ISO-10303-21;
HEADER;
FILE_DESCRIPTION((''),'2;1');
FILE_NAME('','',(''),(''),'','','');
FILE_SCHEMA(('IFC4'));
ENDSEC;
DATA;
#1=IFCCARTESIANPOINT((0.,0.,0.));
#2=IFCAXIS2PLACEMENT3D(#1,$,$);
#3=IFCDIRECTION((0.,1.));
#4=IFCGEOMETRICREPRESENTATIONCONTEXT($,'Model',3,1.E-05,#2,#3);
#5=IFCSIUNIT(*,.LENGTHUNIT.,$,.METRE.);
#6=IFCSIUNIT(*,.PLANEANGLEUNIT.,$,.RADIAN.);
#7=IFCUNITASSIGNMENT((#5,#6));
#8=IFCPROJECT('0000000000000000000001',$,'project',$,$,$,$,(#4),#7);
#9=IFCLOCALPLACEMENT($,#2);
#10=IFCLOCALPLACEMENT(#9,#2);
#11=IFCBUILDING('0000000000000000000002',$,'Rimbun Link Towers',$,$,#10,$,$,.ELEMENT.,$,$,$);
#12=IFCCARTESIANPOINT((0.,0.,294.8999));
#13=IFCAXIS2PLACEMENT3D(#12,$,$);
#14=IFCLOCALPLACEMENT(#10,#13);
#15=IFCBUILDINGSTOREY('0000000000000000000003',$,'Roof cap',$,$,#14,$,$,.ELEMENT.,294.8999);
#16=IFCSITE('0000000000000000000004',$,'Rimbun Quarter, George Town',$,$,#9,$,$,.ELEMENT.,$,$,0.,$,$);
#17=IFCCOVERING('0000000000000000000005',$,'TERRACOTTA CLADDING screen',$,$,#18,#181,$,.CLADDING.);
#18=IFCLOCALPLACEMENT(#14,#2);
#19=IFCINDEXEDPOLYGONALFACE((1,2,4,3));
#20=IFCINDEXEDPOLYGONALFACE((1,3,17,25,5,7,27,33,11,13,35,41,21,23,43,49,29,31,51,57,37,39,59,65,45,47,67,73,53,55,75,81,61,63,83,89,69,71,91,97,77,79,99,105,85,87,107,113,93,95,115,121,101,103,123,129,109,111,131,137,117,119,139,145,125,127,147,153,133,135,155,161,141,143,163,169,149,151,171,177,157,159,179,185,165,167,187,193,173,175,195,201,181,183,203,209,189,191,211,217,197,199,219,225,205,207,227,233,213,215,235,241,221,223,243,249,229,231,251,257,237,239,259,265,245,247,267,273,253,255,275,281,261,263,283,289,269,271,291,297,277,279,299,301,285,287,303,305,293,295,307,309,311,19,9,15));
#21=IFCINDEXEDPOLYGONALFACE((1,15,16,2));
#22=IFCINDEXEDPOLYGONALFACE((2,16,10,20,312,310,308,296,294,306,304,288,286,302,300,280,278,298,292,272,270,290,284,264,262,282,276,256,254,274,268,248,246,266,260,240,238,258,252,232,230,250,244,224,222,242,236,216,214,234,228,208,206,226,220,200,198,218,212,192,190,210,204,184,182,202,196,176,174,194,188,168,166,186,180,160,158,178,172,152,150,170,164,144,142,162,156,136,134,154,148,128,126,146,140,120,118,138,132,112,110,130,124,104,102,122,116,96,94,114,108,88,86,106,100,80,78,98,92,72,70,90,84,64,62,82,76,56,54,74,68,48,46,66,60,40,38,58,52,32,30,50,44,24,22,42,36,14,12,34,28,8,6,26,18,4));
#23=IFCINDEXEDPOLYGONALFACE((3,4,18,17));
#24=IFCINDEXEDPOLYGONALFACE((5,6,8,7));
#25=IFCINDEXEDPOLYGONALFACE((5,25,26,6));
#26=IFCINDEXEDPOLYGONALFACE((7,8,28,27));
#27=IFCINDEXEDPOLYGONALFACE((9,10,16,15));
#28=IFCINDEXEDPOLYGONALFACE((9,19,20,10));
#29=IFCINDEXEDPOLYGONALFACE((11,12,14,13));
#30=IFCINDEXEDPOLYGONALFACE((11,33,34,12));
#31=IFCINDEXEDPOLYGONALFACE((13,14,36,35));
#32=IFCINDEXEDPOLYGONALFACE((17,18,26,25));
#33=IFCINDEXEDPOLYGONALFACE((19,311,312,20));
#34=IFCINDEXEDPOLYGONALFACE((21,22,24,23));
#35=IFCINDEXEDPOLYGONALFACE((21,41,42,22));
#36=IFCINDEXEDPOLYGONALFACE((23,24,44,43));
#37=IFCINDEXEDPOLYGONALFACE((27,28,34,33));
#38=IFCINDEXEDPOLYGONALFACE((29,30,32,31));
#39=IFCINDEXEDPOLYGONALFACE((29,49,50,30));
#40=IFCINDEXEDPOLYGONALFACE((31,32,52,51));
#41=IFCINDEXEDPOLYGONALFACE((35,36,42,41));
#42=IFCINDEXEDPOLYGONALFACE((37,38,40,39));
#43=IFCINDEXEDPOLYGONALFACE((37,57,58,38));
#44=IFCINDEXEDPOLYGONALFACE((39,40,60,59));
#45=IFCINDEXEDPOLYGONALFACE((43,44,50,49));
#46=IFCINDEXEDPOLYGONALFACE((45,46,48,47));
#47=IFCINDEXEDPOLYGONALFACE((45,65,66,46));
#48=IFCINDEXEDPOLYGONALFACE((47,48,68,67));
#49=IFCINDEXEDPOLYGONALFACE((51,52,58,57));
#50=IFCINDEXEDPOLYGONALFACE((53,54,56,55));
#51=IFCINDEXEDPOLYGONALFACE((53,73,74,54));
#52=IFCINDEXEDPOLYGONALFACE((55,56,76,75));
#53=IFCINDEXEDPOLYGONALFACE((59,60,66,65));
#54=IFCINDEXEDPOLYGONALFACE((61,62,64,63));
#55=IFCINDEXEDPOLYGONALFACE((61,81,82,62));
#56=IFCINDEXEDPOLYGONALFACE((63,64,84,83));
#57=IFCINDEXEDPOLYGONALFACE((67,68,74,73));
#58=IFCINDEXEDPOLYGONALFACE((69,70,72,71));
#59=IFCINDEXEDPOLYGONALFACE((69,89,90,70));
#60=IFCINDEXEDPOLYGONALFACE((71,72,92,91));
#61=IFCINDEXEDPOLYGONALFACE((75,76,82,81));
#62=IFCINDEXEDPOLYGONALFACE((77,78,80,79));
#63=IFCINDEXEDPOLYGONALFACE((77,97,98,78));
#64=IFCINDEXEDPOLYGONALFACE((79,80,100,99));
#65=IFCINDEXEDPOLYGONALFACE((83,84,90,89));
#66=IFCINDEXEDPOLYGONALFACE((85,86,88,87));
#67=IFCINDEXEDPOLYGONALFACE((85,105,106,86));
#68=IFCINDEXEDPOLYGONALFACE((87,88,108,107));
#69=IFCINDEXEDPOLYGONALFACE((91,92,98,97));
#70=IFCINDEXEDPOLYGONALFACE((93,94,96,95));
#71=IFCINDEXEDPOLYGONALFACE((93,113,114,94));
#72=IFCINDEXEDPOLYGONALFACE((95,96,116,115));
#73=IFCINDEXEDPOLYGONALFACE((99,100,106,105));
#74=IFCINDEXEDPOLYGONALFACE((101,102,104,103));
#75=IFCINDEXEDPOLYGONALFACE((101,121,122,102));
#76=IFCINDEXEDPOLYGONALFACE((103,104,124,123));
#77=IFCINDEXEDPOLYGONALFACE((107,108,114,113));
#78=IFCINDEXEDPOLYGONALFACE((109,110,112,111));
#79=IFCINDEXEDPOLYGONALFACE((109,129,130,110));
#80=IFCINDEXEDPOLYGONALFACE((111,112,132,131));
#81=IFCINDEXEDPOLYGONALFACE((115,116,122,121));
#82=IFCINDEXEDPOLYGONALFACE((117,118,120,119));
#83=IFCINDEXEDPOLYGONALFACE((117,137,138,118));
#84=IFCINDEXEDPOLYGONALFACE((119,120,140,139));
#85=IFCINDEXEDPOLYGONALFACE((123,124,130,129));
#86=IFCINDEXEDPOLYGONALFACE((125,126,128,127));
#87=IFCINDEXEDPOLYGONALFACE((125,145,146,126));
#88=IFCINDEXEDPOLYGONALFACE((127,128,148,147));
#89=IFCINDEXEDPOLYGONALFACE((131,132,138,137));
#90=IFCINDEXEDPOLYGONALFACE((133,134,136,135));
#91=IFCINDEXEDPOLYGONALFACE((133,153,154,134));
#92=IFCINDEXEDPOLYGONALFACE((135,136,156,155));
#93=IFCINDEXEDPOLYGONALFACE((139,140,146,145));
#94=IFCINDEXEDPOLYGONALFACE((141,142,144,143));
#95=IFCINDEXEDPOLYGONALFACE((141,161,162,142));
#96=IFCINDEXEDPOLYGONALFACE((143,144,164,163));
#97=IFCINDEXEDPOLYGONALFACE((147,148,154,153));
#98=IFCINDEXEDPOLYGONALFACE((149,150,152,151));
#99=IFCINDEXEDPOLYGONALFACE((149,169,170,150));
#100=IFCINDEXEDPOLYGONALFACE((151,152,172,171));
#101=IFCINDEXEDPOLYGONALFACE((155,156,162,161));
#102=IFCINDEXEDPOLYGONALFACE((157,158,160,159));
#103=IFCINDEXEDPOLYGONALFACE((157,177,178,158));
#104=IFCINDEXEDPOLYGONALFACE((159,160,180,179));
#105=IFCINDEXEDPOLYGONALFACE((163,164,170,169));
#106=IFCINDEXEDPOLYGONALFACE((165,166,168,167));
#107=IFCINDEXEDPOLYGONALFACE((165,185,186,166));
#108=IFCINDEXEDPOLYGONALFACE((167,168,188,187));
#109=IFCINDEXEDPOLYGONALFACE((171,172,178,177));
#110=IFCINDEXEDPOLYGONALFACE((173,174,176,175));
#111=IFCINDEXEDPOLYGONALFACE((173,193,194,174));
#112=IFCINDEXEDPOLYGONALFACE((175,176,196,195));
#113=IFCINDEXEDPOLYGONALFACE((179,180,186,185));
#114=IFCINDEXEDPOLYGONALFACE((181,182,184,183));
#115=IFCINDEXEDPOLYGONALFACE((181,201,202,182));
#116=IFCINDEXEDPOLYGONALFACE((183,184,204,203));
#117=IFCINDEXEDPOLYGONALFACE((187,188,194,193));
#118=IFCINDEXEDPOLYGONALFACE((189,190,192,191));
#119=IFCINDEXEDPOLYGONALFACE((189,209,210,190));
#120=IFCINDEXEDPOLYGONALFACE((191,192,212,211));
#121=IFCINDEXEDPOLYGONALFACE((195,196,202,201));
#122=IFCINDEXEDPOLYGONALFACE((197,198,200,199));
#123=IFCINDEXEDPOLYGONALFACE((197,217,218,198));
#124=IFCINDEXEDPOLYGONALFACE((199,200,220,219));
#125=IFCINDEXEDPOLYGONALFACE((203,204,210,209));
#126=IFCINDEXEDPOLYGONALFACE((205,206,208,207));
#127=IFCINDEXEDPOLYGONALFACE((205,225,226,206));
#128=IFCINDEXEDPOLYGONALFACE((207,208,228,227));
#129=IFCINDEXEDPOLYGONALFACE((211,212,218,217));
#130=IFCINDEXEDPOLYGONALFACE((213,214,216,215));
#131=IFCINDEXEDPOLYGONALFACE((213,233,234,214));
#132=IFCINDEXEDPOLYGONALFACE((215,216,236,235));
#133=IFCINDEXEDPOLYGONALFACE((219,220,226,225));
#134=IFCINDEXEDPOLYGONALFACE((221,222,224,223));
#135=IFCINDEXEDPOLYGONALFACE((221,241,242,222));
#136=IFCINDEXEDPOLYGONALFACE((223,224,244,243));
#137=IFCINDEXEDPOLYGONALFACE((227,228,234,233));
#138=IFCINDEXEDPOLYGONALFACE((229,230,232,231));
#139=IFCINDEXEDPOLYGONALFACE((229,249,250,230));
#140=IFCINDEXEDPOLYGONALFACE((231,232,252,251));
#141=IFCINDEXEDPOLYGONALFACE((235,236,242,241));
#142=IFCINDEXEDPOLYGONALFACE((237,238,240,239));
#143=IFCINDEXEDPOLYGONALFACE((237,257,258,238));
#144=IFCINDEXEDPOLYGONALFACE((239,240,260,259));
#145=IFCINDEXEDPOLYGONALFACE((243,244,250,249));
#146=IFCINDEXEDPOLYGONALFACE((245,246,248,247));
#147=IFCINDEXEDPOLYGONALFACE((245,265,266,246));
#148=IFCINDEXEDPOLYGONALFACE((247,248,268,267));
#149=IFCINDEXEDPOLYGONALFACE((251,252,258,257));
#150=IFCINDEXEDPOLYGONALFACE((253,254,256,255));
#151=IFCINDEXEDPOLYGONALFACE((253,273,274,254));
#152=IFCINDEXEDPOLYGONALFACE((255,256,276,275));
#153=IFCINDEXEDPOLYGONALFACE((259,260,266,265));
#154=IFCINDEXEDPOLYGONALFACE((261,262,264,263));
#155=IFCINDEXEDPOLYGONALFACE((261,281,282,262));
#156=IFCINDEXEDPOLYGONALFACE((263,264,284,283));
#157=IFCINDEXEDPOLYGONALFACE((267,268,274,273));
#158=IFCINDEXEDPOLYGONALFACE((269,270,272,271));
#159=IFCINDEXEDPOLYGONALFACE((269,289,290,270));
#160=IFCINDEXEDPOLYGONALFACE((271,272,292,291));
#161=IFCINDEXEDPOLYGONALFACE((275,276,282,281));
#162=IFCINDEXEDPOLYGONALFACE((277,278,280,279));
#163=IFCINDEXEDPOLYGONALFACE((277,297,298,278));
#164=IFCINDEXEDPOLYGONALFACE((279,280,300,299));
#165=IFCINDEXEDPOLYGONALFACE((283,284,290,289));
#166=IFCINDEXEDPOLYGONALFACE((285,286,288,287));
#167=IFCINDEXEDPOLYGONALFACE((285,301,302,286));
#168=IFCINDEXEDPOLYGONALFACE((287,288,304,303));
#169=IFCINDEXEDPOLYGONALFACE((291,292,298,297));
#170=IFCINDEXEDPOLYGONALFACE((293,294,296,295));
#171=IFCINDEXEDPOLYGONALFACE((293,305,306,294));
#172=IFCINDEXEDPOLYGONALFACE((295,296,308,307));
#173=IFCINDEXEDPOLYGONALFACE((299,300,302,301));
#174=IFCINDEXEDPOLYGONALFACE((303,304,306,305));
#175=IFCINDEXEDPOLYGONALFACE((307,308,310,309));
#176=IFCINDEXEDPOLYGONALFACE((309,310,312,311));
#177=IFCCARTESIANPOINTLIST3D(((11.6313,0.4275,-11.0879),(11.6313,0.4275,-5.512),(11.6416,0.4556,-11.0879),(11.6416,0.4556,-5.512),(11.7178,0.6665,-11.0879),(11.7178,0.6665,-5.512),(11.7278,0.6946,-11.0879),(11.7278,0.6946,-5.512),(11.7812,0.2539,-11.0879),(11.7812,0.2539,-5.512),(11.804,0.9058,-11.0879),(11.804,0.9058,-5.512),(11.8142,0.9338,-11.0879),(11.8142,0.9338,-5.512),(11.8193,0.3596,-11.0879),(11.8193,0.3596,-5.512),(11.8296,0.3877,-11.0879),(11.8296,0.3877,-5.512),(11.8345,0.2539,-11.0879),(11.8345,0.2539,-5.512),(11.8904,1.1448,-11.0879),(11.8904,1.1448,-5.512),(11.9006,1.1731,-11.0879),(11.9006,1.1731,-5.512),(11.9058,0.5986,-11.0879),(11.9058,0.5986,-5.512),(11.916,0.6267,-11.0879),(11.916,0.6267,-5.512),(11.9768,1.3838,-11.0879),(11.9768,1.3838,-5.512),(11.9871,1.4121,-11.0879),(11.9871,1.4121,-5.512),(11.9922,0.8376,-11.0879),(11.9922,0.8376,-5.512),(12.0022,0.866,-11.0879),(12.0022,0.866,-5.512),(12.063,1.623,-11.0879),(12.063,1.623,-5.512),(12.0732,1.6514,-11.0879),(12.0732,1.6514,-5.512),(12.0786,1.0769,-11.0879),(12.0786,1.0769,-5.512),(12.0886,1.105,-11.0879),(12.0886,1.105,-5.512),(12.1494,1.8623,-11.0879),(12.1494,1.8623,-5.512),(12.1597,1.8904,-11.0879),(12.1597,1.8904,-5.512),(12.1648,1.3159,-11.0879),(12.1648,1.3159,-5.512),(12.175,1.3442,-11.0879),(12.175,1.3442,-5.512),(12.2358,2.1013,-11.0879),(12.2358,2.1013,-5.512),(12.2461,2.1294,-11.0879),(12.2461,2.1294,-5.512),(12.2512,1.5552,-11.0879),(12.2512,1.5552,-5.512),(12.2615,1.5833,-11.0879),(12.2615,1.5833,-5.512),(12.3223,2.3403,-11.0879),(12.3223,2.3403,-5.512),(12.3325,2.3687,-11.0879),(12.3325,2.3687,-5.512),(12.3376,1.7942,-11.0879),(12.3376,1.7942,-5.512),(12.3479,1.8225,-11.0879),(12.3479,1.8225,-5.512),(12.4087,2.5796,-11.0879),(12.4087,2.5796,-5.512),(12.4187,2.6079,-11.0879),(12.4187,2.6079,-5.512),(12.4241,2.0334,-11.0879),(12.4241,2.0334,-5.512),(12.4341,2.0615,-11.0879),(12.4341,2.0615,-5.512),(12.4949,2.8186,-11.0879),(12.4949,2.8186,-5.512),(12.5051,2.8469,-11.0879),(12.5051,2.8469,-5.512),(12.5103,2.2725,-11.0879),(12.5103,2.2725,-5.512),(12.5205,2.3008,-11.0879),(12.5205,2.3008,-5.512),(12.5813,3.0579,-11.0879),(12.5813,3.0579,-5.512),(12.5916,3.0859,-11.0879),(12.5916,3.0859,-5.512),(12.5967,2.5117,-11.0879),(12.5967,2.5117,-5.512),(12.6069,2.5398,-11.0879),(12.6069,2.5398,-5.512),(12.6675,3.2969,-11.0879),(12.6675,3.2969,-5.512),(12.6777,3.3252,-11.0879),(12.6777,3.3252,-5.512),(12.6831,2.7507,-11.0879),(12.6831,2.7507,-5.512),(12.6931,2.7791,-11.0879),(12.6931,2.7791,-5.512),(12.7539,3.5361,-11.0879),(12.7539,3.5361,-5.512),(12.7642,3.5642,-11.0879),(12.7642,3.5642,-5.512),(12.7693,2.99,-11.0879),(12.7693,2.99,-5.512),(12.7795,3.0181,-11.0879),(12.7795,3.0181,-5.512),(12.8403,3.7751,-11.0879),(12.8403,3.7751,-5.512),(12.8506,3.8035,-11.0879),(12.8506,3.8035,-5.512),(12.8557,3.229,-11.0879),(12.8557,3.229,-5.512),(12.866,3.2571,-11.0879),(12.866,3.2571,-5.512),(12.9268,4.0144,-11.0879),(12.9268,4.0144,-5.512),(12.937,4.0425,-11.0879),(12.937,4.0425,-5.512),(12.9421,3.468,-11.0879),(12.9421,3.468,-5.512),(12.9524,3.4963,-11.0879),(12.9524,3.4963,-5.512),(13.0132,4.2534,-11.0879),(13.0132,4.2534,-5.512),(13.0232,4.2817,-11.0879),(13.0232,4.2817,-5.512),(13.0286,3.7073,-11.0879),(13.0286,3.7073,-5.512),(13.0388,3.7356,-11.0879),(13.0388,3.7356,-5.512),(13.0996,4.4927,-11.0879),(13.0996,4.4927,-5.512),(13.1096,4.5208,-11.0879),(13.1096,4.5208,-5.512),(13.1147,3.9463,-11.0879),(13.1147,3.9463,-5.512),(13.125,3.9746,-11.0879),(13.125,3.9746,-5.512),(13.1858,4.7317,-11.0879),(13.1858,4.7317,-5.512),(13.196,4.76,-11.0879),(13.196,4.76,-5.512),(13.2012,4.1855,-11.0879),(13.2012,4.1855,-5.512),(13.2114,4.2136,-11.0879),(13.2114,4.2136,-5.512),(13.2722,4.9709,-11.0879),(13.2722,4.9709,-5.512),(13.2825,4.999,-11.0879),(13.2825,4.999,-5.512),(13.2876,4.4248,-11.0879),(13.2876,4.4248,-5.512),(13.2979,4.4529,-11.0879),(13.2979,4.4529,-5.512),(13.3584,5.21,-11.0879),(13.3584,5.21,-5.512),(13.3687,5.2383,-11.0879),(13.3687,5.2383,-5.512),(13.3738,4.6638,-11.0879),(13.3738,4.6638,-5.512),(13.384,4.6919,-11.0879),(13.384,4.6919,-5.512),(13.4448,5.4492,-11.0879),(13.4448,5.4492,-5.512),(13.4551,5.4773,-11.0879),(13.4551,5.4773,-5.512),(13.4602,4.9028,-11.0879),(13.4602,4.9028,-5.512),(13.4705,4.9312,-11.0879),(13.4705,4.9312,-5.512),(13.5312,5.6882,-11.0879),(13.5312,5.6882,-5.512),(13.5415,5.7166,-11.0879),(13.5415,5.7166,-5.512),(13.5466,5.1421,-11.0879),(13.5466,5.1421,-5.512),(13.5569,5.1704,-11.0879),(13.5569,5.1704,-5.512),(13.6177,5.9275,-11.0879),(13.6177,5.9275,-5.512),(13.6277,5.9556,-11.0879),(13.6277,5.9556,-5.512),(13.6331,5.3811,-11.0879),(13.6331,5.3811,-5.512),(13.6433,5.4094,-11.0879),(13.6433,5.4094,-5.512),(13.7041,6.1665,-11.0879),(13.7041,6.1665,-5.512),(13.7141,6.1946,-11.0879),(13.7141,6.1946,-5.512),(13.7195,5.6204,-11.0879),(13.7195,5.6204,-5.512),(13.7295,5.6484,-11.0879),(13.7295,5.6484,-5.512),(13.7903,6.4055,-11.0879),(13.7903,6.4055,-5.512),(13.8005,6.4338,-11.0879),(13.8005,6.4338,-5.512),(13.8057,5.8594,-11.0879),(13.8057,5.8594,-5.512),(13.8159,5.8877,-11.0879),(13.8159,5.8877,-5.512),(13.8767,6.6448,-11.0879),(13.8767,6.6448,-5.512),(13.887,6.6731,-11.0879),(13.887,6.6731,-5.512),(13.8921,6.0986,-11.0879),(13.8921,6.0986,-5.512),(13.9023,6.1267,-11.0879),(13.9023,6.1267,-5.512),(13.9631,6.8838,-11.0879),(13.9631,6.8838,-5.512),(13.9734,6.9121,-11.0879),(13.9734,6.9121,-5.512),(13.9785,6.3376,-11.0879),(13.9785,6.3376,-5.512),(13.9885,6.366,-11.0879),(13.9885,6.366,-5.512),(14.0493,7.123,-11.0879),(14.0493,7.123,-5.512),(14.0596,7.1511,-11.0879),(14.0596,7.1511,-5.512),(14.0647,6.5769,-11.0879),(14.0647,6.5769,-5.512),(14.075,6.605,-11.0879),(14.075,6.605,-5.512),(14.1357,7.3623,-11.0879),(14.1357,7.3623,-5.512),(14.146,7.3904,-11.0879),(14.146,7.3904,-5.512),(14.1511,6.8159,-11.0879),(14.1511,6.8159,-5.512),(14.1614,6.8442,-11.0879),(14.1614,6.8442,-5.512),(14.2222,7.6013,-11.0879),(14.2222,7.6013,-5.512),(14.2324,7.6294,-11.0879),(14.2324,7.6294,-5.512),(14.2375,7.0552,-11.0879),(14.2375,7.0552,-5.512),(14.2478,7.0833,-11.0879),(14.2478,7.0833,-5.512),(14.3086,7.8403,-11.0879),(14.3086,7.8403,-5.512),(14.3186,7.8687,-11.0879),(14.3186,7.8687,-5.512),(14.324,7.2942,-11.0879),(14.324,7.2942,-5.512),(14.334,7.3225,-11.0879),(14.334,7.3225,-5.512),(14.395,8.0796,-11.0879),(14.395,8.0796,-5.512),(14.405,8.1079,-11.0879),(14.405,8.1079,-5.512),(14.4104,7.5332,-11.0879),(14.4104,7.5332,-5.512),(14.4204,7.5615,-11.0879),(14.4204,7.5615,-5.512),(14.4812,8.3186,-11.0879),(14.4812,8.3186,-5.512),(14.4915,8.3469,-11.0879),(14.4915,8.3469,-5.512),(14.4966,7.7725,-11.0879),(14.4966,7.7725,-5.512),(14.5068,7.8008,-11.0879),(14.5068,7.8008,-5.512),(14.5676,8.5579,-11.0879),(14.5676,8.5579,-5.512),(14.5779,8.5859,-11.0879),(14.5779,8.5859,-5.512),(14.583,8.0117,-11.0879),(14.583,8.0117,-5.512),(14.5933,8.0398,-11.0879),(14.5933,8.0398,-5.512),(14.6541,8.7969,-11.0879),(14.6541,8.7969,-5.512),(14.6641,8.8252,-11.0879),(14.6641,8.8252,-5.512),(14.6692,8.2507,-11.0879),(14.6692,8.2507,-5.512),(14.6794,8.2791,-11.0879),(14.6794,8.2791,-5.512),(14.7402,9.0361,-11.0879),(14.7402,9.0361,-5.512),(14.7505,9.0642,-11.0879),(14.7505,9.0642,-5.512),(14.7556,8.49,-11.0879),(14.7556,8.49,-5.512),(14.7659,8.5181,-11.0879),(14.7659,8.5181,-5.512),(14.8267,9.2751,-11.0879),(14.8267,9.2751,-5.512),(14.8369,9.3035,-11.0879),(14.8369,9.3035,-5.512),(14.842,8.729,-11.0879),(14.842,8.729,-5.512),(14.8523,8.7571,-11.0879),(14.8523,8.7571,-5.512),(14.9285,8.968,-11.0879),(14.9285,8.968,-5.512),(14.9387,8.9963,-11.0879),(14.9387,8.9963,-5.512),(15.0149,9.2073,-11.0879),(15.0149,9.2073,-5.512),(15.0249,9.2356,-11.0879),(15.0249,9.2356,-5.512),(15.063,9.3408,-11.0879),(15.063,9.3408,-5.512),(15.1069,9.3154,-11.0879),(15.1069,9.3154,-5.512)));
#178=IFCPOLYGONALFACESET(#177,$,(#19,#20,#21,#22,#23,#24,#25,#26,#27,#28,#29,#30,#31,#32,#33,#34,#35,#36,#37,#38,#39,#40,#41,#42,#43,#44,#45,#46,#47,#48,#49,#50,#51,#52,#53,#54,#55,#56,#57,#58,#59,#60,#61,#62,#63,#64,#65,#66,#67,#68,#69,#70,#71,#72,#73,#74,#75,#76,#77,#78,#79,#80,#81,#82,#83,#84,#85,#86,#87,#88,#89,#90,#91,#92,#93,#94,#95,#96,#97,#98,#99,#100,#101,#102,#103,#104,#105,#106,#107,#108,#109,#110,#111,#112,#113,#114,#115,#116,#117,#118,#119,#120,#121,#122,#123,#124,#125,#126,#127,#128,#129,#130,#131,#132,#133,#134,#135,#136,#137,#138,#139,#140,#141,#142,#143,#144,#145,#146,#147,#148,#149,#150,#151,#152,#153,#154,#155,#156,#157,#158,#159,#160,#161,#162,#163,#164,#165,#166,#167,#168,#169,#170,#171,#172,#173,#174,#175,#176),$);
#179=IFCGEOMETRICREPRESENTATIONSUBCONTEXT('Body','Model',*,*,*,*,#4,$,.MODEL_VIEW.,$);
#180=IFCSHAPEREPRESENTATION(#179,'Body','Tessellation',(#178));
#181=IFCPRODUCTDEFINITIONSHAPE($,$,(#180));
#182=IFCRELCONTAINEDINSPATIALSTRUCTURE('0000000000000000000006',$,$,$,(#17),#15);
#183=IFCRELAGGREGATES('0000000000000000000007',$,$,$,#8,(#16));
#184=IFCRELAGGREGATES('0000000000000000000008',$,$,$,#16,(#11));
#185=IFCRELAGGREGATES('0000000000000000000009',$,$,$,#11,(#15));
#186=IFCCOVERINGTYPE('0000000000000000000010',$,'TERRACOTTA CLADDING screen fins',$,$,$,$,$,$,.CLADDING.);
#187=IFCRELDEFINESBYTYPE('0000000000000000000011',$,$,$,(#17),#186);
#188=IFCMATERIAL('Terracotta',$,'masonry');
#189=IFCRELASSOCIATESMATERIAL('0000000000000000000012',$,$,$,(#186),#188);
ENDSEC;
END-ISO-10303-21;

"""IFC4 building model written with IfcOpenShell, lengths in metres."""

from ifc_helpers import new_model, si_unit, direction, frame, origin, place, context, subcontext, project, spatial, polyline, outline, extrude, material, type_object, element, save


model = new_model("IFC4")

# Units and contexts
model_context = context("Model", 3, precision=1e-05, world=origin(), true_north=direction((0.0, 1.0)))
body_context = subcontext(model_context, "Body", "Model", "MODEL_VIEW")
ifc_project = project(units=[si_unit("LENGTHUNIT", "METRE"), si_unit("PLANEANGLEUNIT", "RADIAN")], contexts=[model_context])

# Site, building, storey
site_placement = place(None, origin())
site = spatial("IfcSite", under=ifc_project, at=site_placement, Name="Rimbun Quarter, George Town", CompositionType="ELEMENT", RefElevation=0.0)
building_placement = place(site_placement, origin())
building = spatial("IfcBuilding", under=site, at=building_placement, Name="Rimbun Link Towers", CompositionType="ELEMENT")
storey_placement = place(building_placement, frame((0.0, 0.0, 294.8999)))
storey = spatial("IfcBuildingStorey", under=building, at=storey_placement, Name="Roof cap", CompositionType="ELEMENT", Elevation=294.8999)

# Covering
ifc_material_1 = material(Name="Terracotta", Category="masonry")
covering_type_1 = type_object("IfcCoveringType", Name="TERRACOTTA CLADDING screen fins", PredefinedType="CLADDING", material=ifc_material_1)
covering_1_placement = place(storey_placement, frame((0.0, 0.0, -11.0879)))
element("IfcCovering", 1, at=covering_1_placement, inside=storey, type_object=covering_type_1, Name="TERRACOTTA CLADDING screen", PredefinedType="CLADDING", context=body_context, shape_type="SweptSolid", body=[
    extrude(outline(polyline([(15.063, 9.3408), (15.0249, 9.2356), (14.8369, 9.3035), (14.8267, 9.2751), (15.0149, 9.2073), (14.9387, 8.9963), (14.7505, 9.0642), (14.7402, 9.0361), (14.9285, 8.968), (14.8523, 8.7571), (14.6641, 8.8252), (14.6541, 8.7969), (14.842, 8.729), (14.7659, 8.5181), (14.5779, 8.5859), (14.5676, 8.5579), (14.7556, 8.49), (14.6794, 8.2791), (14.4915, 8.3469), (14.4812, 8.3186), (14.6692, 8.2507), (14.5933, 8.0398), (14.405, 8.1079), (14.395, 8.0796), (14.583, 8.0117), (14.5068, 7.8008), (14.3186, 7.8687), (14.3086, 7.8403), (14.4966, 7.7725), (14.4204, 7.5615), (14.2324, 7.6294), (14.2222, 7.6013), (14.4104, 7.5332), (14.334, 7.3225), (14.146, 7.3904), (14.1357, 7.3623), (14.324, 7.2942), (14.2478, 7.0833), (14.0596, 7.1511), (14.0493, 7.123), (14.2375, 7.0552), (14.1614, 6.8442), (13.9734, 6.9121), (13.9631, 6.8838), (14.1511, 6.8159), (14.075, 6.605), (13.887, 6.6731), (13.8767, 6.6448), (14.0647, 6.5769), (13.9885, 6.366), (13.8005, 6.4338), (13.7903, 6.4055), (13.9785, 6.3376), (13.9023, 6.1267), (13.7141, 6.1946), (13.7041, 6.1665), (13.8921, 6.0986), (13.8159, 5.8877), (13.6277, 5.9556), (13.6177, 5.9275), (13.8057, 5.8594), (13.7295, 5.6484), (13.5415, 5.7166), (13.5312, 5.6882), (13.7195, 5.6204), (13.6433, 5.4094), (13.4551, 5.4773), (13.4448, 5.4492), (13.6331, 5.3811), (13.5569, 5.1704), (13.3687, 5.2383), (13.3584, 5.21), (13.5466, 5.1421), (13.4705, 4.9312), (13.2825, 4.999), (13.2722, 4.9709), (13.4602, 4.9028), (13.384, 4.6919), (13.196, 4.76), (13.1858, 4.7317), (13.3738, 4.6638), (13.2979, 4.4529), (13.1096, 4.5208), (13.0996, 4.4927), (13.2876, 4.4248), (13.2114, 4.2136), (13.0232, 4.2817), (13.0132, 4.2534), (13.2012, 4.1855), (13.125, 3.9746), (12.937, 4.0425), (12.9268, 4.0144), (13.1147, 3.9463), (13.0388, 3.7356), (12.8506, 3.8035), (12.8403, 3.7751), (13.0286, 3.7073), (12.9524, 3.4963), (12.7642, 3.5642), (12.7539, 3.5361), (12.9421, 3.468), (12.866, 3.2571), (12.6777, 3.3252), (12.6675, 3.2969), (12.8557, 3.229), (12.7795, 3.0181), (12.5916, 3.0859), (12.5813, 3.0579), (12.7693, 2.99), (12.6931, 2.7791), (12.5051, 2.8469), (12.4949, 2.8186), (12.6831, 2.7507), (12.6069, 2.5398), (12.4187, 2.6079), (12.4087, 2.5796), (12.5967, 2.5117), (12.5205, 2.3008), (12.3325, 2.3687), (12.3223, 2.3403), (12.5103, 2.2725), (12.4341, 2.0615), (12.2461, 2.1294), (12.2358, 2.1013), (12.4241, 2.0334), (12.3479, 1.8225), (12.1597, 1.8904), (12.1494, 1.8623), (12.3376, 1.7942), (12.2615, 1.5833), (12.0732, 1.6514), (12.063, 1.623), (12.2512, 1.5552), (12.175, 1.3442), (11.9871, 1.4121), (11.9768, 1.3838), (12.1648, 1.3159), (12.0886, 1.105), (11.9006, 1.1731), (11.8904, 1.1448), (12.0786, 1.0769), (12.0022, 0.866), (11.8142, 0.9338), (11.804, 0.9058), (11.9922, 0.8376), (11.916, 0.6267), (11.7278, 0.6946), (11.7178, 0.6665), (11.9058, 0.5986), (11.8296, 0.3877), (11.6416, 0.4556), (11.6313, 0.4275), (11.8193, 0.3596), (11.7812, 0.2539), (11.8345, 0.2539), (15.1069, 9.3154), (15.063, 9.3408)])), origin(), (0.0, 0.0, 1.0), 5.5759),
])

save(model, "model.ifc")
